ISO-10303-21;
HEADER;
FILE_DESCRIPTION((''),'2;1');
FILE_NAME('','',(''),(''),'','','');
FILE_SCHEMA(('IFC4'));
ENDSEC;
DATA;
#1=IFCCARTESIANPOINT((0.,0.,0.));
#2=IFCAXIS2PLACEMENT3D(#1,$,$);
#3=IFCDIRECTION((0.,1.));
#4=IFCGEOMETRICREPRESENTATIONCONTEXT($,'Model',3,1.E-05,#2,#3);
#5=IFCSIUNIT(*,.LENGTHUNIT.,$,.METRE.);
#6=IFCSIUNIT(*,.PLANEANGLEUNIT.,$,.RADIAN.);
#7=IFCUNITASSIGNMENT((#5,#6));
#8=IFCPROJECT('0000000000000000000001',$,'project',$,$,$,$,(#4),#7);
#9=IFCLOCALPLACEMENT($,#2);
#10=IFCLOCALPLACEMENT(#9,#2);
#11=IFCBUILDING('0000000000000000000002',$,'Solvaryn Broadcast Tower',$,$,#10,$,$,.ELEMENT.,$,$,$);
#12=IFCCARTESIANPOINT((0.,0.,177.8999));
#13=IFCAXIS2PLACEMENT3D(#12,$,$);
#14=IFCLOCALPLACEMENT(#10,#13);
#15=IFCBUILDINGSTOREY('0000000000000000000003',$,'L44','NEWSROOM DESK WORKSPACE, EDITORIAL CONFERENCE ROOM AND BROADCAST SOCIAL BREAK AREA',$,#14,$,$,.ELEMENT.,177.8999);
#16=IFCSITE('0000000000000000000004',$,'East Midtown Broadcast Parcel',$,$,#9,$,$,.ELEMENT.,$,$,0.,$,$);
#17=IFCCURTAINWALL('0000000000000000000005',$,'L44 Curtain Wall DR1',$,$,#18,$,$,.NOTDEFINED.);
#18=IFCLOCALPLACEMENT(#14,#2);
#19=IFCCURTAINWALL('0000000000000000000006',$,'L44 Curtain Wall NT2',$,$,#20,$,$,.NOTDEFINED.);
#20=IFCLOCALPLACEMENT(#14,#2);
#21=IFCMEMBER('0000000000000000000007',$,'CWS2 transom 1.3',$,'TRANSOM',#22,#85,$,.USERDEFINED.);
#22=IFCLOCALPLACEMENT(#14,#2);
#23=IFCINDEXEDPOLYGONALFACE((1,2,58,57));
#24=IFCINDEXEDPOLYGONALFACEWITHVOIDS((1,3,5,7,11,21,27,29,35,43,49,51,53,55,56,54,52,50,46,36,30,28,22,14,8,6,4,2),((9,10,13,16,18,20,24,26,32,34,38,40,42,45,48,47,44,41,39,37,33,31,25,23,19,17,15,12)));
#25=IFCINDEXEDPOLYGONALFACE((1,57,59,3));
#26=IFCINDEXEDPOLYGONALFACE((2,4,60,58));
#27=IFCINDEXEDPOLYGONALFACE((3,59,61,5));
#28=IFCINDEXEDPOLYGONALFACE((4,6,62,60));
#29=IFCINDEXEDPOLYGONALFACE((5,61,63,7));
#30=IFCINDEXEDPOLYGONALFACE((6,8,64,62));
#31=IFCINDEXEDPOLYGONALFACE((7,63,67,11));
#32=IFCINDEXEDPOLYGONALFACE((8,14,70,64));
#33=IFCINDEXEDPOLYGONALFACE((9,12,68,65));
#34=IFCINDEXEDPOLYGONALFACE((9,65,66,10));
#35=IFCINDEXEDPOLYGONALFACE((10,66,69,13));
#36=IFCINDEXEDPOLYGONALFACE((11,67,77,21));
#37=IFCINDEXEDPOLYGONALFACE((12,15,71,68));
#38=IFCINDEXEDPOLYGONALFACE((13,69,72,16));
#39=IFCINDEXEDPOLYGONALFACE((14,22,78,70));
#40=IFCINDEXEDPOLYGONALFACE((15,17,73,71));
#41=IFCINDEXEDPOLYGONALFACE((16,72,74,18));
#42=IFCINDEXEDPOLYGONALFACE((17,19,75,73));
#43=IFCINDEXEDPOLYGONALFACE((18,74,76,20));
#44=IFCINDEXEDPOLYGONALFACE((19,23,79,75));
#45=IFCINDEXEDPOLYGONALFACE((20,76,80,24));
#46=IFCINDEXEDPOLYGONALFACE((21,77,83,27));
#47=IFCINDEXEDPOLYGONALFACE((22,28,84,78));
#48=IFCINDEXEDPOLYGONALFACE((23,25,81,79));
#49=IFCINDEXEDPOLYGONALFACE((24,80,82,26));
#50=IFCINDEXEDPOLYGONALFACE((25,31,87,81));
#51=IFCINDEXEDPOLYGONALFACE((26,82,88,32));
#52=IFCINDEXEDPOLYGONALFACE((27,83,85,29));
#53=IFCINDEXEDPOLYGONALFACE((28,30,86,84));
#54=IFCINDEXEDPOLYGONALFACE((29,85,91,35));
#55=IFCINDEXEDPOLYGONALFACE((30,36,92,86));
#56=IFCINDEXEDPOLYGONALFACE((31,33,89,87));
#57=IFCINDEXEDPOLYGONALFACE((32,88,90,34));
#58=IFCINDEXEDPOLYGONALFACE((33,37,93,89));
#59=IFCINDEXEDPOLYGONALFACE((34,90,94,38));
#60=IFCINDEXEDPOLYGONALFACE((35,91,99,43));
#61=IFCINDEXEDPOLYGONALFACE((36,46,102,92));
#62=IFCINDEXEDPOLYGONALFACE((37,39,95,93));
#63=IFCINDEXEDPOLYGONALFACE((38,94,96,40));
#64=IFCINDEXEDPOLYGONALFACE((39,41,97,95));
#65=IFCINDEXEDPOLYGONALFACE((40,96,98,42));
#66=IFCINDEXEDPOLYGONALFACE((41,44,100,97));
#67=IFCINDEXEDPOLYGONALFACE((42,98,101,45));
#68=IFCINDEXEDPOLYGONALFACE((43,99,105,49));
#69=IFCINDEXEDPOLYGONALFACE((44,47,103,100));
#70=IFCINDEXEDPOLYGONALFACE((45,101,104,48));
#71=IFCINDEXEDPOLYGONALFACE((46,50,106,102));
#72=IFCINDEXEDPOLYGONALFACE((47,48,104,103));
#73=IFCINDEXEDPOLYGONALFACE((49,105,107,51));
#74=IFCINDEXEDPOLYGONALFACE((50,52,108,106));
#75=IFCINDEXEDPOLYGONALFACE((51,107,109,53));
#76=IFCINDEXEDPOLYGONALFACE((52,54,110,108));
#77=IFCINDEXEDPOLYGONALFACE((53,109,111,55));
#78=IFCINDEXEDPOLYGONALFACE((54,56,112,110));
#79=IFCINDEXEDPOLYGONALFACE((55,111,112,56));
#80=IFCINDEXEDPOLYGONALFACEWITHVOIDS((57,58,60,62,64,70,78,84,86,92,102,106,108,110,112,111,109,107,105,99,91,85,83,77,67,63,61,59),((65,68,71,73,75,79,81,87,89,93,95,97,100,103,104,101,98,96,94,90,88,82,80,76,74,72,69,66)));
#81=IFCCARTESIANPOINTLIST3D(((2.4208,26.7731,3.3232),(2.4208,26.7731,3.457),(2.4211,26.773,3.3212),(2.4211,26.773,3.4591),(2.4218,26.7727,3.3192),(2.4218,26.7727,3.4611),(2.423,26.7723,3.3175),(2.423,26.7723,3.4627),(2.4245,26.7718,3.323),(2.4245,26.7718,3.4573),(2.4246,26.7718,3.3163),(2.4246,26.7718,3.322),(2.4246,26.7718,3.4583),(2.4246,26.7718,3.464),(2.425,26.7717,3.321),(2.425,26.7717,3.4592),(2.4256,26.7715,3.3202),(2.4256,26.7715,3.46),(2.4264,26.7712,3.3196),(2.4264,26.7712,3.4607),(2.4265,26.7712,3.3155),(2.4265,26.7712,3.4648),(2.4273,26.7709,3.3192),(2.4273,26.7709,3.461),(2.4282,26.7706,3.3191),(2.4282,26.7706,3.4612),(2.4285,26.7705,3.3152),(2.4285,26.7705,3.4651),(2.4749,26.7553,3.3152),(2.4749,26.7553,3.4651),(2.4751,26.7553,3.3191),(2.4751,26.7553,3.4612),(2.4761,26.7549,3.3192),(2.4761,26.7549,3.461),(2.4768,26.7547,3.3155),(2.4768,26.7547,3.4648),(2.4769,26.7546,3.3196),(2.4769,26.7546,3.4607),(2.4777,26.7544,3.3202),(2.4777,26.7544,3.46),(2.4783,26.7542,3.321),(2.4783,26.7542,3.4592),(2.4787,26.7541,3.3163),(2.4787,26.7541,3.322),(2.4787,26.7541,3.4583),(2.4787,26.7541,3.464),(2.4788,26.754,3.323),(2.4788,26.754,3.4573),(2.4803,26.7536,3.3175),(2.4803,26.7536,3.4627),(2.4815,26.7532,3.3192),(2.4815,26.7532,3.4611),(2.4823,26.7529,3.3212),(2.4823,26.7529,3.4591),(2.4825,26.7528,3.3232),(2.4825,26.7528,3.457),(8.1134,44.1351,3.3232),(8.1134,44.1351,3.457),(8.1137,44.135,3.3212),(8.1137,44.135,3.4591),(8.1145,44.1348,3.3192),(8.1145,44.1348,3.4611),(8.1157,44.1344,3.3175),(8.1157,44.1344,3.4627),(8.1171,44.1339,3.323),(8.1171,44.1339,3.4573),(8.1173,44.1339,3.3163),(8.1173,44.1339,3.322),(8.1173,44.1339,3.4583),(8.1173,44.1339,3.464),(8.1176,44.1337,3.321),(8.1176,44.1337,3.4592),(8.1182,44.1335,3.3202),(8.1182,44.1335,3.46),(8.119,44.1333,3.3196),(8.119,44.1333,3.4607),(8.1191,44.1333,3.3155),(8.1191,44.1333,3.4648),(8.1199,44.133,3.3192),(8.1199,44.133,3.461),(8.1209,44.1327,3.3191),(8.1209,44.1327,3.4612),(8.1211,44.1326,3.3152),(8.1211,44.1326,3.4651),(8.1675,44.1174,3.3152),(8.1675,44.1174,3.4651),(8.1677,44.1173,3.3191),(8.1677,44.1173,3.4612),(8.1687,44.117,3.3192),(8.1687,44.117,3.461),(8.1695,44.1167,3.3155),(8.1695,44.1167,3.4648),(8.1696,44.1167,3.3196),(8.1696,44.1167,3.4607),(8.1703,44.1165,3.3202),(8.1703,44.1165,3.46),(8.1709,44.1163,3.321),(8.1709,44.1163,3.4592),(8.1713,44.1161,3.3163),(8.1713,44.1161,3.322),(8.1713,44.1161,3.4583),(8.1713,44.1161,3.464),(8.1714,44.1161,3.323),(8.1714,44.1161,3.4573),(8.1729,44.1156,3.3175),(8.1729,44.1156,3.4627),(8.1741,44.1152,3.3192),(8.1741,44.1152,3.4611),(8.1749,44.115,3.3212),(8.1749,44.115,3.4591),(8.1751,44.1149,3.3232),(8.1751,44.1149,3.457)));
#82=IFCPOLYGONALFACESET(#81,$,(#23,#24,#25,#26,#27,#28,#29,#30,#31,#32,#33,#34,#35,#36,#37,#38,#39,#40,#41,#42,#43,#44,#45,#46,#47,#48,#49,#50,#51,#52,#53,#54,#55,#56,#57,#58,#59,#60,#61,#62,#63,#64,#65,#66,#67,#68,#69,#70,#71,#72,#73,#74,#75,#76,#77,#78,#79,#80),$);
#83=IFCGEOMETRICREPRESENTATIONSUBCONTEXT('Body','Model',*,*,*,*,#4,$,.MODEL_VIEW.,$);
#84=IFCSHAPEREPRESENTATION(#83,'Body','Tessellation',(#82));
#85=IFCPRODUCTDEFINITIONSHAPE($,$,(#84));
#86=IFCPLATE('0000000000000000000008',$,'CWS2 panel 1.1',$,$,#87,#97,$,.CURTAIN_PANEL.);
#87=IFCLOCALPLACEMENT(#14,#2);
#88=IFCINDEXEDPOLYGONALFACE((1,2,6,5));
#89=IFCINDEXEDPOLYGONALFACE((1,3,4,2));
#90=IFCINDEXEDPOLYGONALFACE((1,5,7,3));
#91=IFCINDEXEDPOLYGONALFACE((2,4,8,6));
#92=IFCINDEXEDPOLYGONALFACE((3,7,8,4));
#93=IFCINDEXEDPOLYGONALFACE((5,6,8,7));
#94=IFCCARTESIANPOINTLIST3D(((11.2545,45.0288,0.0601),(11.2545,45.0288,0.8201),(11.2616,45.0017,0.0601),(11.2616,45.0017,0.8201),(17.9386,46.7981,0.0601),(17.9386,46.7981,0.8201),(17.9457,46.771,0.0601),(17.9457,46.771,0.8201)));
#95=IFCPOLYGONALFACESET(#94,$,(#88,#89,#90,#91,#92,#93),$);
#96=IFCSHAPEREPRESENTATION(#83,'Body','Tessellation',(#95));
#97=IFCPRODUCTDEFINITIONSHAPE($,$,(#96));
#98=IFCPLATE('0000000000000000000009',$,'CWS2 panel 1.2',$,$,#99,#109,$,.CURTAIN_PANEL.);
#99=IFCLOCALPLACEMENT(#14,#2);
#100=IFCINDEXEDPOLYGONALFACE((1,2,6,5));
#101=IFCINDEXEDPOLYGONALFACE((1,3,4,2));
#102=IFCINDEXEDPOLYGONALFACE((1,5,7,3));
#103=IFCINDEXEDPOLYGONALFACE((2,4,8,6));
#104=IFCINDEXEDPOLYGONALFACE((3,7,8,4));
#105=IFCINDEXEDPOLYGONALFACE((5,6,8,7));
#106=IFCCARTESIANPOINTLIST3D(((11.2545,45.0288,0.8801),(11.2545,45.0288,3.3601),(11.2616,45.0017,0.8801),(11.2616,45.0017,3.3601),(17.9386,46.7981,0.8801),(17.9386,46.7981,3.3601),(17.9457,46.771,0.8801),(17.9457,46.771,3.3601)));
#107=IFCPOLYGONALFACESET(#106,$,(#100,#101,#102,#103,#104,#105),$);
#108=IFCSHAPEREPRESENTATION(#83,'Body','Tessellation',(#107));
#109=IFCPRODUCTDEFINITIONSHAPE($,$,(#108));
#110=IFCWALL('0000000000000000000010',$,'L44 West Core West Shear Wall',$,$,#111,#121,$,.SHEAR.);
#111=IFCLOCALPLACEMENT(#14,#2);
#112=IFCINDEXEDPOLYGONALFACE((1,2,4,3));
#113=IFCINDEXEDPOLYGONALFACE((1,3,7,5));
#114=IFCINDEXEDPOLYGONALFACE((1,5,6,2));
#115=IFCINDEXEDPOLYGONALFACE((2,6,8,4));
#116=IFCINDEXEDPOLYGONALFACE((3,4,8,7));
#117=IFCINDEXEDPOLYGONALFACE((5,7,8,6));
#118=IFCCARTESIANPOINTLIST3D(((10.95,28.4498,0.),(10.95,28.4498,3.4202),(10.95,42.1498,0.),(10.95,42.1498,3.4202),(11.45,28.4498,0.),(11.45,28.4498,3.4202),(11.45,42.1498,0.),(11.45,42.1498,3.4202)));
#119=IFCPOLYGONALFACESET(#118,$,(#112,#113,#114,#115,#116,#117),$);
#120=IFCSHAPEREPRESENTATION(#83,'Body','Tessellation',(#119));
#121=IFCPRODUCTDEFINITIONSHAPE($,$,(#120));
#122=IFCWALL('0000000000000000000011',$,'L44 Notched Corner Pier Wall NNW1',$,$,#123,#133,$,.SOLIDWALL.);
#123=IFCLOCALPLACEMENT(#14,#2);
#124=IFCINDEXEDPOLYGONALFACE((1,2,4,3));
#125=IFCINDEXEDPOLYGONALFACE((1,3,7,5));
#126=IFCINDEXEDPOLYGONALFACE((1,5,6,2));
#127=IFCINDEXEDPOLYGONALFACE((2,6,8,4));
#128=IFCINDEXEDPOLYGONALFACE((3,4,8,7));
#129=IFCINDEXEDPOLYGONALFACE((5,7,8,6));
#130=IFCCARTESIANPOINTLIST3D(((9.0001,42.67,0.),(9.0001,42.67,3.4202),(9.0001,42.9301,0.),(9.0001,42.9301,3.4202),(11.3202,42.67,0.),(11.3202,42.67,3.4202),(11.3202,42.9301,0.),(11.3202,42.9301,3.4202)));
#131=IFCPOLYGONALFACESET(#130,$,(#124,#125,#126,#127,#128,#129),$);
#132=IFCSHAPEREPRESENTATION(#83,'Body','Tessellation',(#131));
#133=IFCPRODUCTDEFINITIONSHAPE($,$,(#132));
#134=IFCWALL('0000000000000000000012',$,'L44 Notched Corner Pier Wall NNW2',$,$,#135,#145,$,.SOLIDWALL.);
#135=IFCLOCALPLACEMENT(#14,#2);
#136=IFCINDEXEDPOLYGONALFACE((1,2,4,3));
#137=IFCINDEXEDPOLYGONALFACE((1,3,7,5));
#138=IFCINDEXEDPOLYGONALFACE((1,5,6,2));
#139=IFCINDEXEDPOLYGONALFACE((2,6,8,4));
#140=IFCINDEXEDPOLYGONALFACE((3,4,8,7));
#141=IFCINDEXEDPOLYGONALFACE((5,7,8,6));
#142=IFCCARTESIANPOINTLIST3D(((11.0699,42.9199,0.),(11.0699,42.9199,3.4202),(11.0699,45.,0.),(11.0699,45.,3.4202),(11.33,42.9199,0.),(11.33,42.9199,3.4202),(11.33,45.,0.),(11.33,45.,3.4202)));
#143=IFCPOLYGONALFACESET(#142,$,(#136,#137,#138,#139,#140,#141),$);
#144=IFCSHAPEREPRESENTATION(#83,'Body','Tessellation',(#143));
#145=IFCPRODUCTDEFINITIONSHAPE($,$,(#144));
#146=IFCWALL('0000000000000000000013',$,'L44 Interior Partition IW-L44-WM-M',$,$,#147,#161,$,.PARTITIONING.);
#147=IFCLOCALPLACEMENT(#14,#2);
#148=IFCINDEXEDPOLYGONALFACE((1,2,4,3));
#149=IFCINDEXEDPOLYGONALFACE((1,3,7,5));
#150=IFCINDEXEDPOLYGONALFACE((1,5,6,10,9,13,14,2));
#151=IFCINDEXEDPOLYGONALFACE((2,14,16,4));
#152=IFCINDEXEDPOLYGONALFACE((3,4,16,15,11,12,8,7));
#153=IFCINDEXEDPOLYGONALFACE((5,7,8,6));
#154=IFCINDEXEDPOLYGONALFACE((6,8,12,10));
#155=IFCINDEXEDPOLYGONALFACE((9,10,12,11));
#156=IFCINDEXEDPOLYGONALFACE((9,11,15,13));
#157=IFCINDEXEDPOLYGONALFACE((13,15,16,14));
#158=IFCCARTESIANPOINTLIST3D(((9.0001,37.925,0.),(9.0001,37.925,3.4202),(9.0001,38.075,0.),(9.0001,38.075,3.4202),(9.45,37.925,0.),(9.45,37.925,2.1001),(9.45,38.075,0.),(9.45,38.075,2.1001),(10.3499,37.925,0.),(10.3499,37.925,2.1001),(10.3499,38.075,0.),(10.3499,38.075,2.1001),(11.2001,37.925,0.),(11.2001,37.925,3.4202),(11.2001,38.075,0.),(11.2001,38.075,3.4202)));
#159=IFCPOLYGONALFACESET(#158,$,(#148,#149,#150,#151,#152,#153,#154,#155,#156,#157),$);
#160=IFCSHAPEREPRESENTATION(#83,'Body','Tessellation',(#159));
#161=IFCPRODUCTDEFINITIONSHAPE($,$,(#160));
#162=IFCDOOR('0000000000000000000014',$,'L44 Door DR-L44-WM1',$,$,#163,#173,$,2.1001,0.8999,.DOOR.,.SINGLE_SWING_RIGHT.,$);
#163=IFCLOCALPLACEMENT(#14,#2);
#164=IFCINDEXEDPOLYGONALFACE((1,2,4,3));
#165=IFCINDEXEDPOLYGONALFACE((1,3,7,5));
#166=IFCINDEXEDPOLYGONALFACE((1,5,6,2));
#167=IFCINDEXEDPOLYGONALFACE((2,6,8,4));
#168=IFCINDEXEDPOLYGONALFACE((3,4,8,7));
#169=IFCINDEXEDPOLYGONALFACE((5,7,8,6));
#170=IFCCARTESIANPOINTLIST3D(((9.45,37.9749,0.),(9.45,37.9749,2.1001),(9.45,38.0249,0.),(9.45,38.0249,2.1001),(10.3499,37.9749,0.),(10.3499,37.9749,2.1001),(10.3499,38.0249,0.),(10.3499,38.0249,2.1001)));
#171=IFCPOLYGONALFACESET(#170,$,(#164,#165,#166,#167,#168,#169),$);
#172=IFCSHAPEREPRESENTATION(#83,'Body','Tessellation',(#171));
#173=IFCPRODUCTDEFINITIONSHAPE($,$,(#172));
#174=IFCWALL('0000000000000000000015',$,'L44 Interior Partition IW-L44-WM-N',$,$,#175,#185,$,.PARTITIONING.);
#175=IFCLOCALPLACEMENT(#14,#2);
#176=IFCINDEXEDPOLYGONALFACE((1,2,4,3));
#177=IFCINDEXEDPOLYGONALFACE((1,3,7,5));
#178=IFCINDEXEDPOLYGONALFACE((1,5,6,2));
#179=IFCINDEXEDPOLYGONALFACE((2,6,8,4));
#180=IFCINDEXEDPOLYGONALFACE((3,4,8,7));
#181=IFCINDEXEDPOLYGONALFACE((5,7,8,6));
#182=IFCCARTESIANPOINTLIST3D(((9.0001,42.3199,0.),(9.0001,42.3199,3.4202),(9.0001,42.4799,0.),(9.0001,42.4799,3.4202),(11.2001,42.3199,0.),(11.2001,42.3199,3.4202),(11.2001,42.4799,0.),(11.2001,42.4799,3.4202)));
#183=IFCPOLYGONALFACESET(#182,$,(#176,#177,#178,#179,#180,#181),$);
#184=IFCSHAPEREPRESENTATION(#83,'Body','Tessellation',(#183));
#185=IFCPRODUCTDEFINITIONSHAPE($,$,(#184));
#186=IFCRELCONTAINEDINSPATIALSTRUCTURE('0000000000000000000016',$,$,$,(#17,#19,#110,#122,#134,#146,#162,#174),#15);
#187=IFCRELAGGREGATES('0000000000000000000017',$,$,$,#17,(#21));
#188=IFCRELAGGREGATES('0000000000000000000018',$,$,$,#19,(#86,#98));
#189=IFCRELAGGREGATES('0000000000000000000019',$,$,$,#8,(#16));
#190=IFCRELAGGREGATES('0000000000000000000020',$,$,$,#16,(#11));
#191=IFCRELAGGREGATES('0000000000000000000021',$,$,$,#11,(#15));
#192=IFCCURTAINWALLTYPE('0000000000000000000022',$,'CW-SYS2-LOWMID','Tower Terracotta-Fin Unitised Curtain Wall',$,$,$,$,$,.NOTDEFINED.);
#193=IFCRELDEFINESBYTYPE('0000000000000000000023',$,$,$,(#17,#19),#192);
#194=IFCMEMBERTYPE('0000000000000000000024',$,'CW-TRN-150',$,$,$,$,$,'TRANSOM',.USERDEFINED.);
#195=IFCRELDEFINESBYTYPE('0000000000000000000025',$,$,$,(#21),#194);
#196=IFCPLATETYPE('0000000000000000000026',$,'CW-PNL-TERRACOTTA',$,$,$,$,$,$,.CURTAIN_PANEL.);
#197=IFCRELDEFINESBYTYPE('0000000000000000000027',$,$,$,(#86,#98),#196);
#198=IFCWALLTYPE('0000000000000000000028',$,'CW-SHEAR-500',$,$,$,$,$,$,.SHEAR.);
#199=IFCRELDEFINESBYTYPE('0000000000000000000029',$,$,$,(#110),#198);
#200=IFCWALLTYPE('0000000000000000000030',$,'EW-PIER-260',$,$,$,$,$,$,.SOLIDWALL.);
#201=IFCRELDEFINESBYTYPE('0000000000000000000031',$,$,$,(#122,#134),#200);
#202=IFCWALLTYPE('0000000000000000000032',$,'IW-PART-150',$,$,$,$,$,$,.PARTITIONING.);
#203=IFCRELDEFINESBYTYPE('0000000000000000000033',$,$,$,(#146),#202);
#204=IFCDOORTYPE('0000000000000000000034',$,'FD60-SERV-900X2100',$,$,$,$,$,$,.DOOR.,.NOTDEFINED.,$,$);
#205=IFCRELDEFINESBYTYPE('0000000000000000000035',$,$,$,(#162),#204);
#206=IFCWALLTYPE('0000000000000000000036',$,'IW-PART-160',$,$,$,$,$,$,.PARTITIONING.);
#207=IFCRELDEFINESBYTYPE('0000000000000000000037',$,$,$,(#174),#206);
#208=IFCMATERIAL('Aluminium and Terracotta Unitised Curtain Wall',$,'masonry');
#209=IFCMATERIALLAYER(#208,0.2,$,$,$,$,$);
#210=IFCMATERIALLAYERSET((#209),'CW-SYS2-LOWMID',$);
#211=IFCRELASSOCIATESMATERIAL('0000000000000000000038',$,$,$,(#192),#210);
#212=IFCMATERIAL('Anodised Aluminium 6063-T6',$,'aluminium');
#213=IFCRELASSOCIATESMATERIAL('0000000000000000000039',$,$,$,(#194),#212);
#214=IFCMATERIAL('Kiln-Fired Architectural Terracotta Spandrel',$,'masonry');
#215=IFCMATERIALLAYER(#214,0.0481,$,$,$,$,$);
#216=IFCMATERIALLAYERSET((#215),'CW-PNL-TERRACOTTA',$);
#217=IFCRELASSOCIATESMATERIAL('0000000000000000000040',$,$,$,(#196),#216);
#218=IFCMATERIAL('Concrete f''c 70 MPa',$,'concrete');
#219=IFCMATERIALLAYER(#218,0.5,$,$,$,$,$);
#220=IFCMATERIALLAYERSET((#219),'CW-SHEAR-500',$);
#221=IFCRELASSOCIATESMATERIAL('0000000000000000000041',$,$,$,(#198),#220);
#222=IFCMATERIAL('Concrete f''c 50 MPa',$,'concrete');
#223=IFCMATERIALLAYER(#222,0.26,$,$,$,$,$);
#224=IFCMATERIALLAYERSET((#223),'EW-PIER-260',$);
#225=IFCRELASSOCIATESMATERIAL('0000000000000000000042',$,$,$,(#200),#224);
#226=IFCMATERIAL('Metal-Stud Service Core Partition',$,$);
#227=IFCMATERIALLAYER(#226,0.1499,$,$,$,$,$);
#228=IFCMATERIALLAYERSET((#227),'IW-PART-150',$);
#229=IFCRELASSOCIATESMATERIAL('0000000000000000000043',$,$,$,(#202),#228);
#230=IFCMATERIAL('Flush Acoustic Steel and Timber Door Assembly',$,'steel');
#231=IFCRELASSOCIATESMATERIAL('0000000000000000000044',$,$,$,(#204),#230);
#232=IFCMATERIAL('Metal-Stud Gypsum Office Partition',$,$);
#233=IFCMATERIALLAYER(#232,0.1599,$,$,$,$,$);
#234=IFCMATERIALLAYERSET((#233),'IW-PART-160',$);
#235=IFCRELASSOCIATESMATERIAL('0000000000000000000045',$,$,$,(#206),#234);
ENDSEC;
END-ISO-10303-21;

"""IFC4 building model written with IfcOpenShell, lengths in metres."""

from ifc_helpers import new_model, si_unit, direction, frame, frame_2d, origin, origin_2d, place, context, subcontext, project, spatial, rectangle, hollow_rectangle, extrude, material, layer, layer_set, material_profile, profile_set, type_object, element, fill, aggregate, save


model = new_model("IFC4")

# Units and contexts
model_context = context("Model", 3, precision=1e-05, world=origin(), true_north=direction((0.0, 1.0)))
body_context = subcontext(model_context, "Body", "Model", "MODEL_VIEW")
ifc_project = project(units=[si_unit("LENGTHUNIT", "METRE"), si_unit("PLANEANGLEUNIT", "RADIAN")], contexts=[model_context])

# Site, building, storey
site_placement = place(None, origin())
site = spatial("IfcSite", under=ifc_project, at=site_placement, Name="East Midtown Broadcast Parcel", CompositionType="ELEMENT", RefElevation=0.0)
building_placement = place(site_placement, origin())
building = spatial("IfcBuilding", under=site, at=building_placement, Name="Solvaryn Broadcast Tower", CompositionType="ELEMENT")
storey_placement = place(building_placement, frame((0.0, 0.0, 177.8999)))
storey = spatial("IfcBuildingStorey", under=building, at=storey_placement, Name="L44", Description="NEWSROOM DESK WORKSPACE, EDITORIAL CONFERENCE ROOM AND BROADCAST SOCIAL BREAK AREA", CompositionType="ELEMENT", Elevation=177.8999)

# Curtain walls
ifc_material_1 = material(Name="Aluminium and Terracotta Unitised Curtain Wall", Category="masonry")
ifc_layer_1 = layer(ifc_material_1, 0.2)
ifc_layer_set_1 = layer_set([ifc_layer_1], Name="CW-SYS2-LOWMID")
curtain_wall_type = type_object("IfcCurtainWallType", Name="CW-SYS2-LOWMID", Description="Tower Terracotta-Fin Unitised Curtain Wall", PredefinedType="NOTDEFINED", material=ifc_layer_set_1)
curtain_wall_1_placement = place(storey_placement, origin())
curtain_wall_1 = element("IfcCurtainWall", 1, at=curtain_wall_1_placement, inside=storey, type_object=curtain_wall_type, Name="L44 Curtain Wall DR1", PredefinedType="NOTDEFINED")
curtain_wall_2_placement = place(storey_placement, origin())
curtain_wall_2 = element("IfcCurtainWall", 2, at=curtain_wall_2_placement, inside=storey, type_object=curtain_wall_type, Name="L44 Curtain Wall NT2", PredefinedType="NOTDEFINED")

# Member
ifc_material_2 = material(Name="Anodised Aluminium 6063-T6", Category="aluminium")
ifc_material_profile_1 = material_profile(ifc_material_2, hollow_rectangle(XDim=0.0649, YDim=0.1499, WallThickness=0.0039, InnerFilletRadius=0.0039, OuterFilletRadius=0.0081, at=origin_2d()))
ifc_profile_set_1 = profile_set([ifc_material_profile_1], Name="Anodised Aluminium 6063-T6")
member_type_1 = type_object("IfcMemberType", Name="CW-TRN-150", ElementType="TRANSOM", PredefinedType="USERDEFINED", material=ifc_profile_set_1)
member_1_placement = place(storey_placement, frame((8.1443, 44.125, 3.3901), z_axis=(-0.311558, -0.950227, 0.0), x_axis=(0.950227, -0.311558, 0.0)))
member_1 = element("IfcMember", 3, at=member_1_placement, type_object=member_type_1, Name="CWS2 transom 1.3", ObjectType="TRANSOM", PredefinedType="USERDEFINED", context=body_context, shape_type="SweptSolid", body=[
    extrude(hollow_rectangle(XDim=0.0649, YDim=0.1499, WallThickness=0.0039, InnerFilletRadius=0.0039, OuterFilletRadius=0.0081, at=origin_2d()), origin(), (0.0, 0.0, 1.0), 18.2715),
])
aggregate(curtain_wall_1, [member_1])

# Plates
ifc_material_3 = material(Name="Kiln-Fired Architectural Terracotta Spandrel", Category="masonry")
ifc_layer_2 = layer(ifc_material_3, 0.0481)
ifc_layer_set_2 = layer_set([ifc_layer_2], Name="CW-PNL-TERRACOTTA")
plate_type = type_object("IfcPlateType", Name="CW-PNL-TERRACOTTA", PredefinedType="CURTAIN_PANEL", material=ifc_layer_set_2)
plate_1_placement = place(storey_placement, frame((14.6001, 45.8999, 0.0601), z_axis=(0.0, 0.0, 1.0), x_axis=(-0.966705, -0.255893, 0.0)))
plate_1 = element("IfcPlate", 4, at=plate_1_placement, type_object=plate_type, Name="CWS2 panel 1.1", PredefinedType="CURTAIN_PANEL", context=body_context, shape_type="SweptSolid", body=[
    extrude(rectangle(XDim=6.9143, YDim=0.0281, at=origin_2d()), origin(), (0.0, 0.0, 1.0), 0.76),
])
plate_2_placement = place(storey_placement, frame((14.6001, 45.8999, 0.8801), z_axis=(0.0, 0.0, 1.0), x_axis=(-0.966705, -0.255893, 0.0)))
plate_2 = element("IfcPlate", 5, at=plate_2_placement, type_object=plate_type, Name="CWS2 panel 1.2", PredefinedType="CURTAIN_PANEL", context=body_context, shape_type="SweptSolid", body=[
    extrude(rectangle(XDim=6.9143, YDim=0.0281, at=origin_2d()), origin(), (0.0, 0.0, 1.0), 2.48),
])
aggregate(curtain_wall_2, [plate_1, plate_2])

# Walls
ifc_material_4 = material(Name="Concrete f'c 70 MPa", Category="concrete")
ifc_layer_3 = layer(ifc_material_4, 0.5)
ifc_layer_set_3 = layer_set([ifc_layer_3], Name="CW-SHEAR-500")
wall_type_1 = type_object("IfcWallType", Name="CW-SHEAR-500", PredefinedType="SHEAR", material=ifc_layer_set_3)
wall_1_placement = place(storey_placement, frame((11.2, 42.1499, 0.0), z_axis=(0.0, 0.0, 1.0), x_axis=(0.0, -1.0, 0.0)))
element("IfcWall", 6, at=wall_1_placement, inside=storey, type_object=wall_type_1, Name="L44 West Core West Shear Wall", PredefinedType="SHEAR", context=body_context, shape_type="SweptSolid", body=[
    extrude(rectangle(XDim=13.7, YDim=0.5, at=frame_2d((6.8501, 0.0))), origin(), (0.0, 0.0, 1.0), 3.4202),
])
ifc_material_5 = material(Name="Concrete f'c 50 MPa", Category="concrete")
ifc_layer_4 = layer(ifc_material_5, 0.26)
ifc_layer_set_4 = layer_set([ifc_layer_4], Name="EW-PIER-260")
wall_type_2 = type_object("IfcWallType", Name="EW-PIER-260", PredefinedType="SOLIDWALL", material=ifc_layer_set_4)
wall_2_placement = place(storey_placement, frame((9.0, 42.8, 0.0), z_axis=(0.0, 0.0, 1.0), x_axis=(1.0, 0.0, 0.0)))
element("IfcWall", 7, at=wall_2_placement, inside=storey, type_object=wall_type_2, Name="L44 Notched Corner Pier Wall NNW1", PredefinedType="SOLIDWALL", context=body_context, shape_type="SweptSolid", body=[
    extrude(rectangle(XDim=2.3201, YDim=0.26, at=frame_2d((1.1602, 0.0))), origin(), (0.0, 0.0, 1.0), 3.4202),
])
wall_3_placement = place(storey_placement, frame((11.2, 42.9199, 0.0), z_axis=(0.0, 0.0, 1.0), x_axis=(0.0, 1.0, 0.0)))
element("IfcWall", 8, at=wall_3_placement, inside=storey, type_object=wall_type_2, Name="L44 Notched Corner Pier Wall NNW2", PredefinedType="SOLIDWALL", context=body_context, shape_type="SweptSolid", body=[
    extrude(rectangle(XDim=2.0801, YDim=0.26, at=frame_2d((1.04, 0.0))), origin(), (0.0, 0.0, 1.0), 3.4202),
])

# Wall, opening, door
ifc_material_6 = material(Name="Metal-Stud Service Core Partition")
ifc_layer_5 = layer(ifc_material_6, 0.1499)
ifc_layer_set_5 = layer_set([ifc_layer_5], Name="IW-PART-150")
wall_type_3 = type_object("IfcWallType", Name="IW-PART-150", PredefinedType="PARTITIONING", material=ifc_layer_set_5)
wall_4_placement = place(storey_placement, frame((9.0, 38.0, 0.0), z_axis=(0.0, 0.0, 1.0), x_axis=(1.0, 0.0, 0.0)))
wall_4 = element("IfcWall", 9, at=wall_4_placement, inside=storey, type_object=wall_type_3, Name="L44 Interior Partition IW-L44-WM-M", PredefinedType="PARTITIONING", context=body_context, shape_type="SweptSolid", body=[
    extrude(rectangle(XDim=2.2, YDim=0.1499, at=frame_2d((1.1001, 0.0))), origin(), (0.0, 0.0, 1.0), 3.4202),
])
opening_placement = place(wall_4_placement, frame((0.45, 0.0, 0.0)))
opening = element("IfcOpeningElement", 10, at=opening_placement, cuts=wall_4, PredefinedType="OPENING", context=body_context, shape_type="SweptSolid", body=[
    extrude(rectangle(XDim=0.8999, YDim=2.1001, at=frame_2d((0.45, 1.05))), frame((0.0, 0.085, 0.0), z_axis=(0.0, -1.0, 0.0), x_axis=(1.0, 0.0, 0.0)), (0.0, 0.0, 1.0), 0.1699),
])
ifc_material_7 = material(Name="Flush Acoustic Steel and Timber Door Assembly", Category="steel")
door_type = type_object("IfcDoorType", Name="FD60-SERV-900X2100", OperationType="NOTDEFINED", PredefinedType="DOOR", material=ifc_material_7)
door_placement = place(opening_placement, origin())
door = element("IfcDoor", 11, at=door_placement, inside=storey, type_object=door_type, Name="L44 Door DR-L44-WM1", OperationType="SINGLE_SWING_RIGHT", OverallHeight=2.1001, OverallWidth=0.8999, PredefinedType="DOOR", context=body_context, shape_type="SweptSolid", body=[
    extrude(rectangle(XDim=0.8999, YDim=2.1001, at=frame_2d((0.45, 1.05))), frame((0.0, 0.0249, 0.0), z_axis=(0.0, -1.0, 0.0), x_axis=(1.0, 0.0, 0.0)), (0.0, 0.0, 1.0), 0.05),
])
fill(opening, door)

# Wall
ifc_material_8 = material(Name="Metal-Stud Gypsum Office Partition")
ifc_layer_6 = layer(ifc_material_8, 0.1599)
ifc_layer_set_6 = layer_set([ifc_layer_6], Name="IW-PART-160")
wall_type_4 = type_object("IfcWallType", Name="IW-PART-160", PredefinedType="PARTITIONING", material=ifc_layer_set_6)
wall_5_placement = place(storey_placement, frame((9.0, 42.3999, 0.0), z_axis=(0.0, 0.0, 1.0), x_axis=(1.0, 0.0, 0.0)))
element("IfcWall", 12, at=wall_5_placement, inside=storey, type_object=wall_type_4, Name="L44 Interior Partition IW-L44-WM-N", PredefinedType="PARTITIONING", context=body_context, shape_type="SweptSolid", body=[
    extrude(rectangle(XDim=2.2, YDim=0.1599, at=frame_2d((1.1001, 0.0))), origin(), (0.0, 0.0, 1.0), 3.4202),
])

save(model, "model.ifc")
